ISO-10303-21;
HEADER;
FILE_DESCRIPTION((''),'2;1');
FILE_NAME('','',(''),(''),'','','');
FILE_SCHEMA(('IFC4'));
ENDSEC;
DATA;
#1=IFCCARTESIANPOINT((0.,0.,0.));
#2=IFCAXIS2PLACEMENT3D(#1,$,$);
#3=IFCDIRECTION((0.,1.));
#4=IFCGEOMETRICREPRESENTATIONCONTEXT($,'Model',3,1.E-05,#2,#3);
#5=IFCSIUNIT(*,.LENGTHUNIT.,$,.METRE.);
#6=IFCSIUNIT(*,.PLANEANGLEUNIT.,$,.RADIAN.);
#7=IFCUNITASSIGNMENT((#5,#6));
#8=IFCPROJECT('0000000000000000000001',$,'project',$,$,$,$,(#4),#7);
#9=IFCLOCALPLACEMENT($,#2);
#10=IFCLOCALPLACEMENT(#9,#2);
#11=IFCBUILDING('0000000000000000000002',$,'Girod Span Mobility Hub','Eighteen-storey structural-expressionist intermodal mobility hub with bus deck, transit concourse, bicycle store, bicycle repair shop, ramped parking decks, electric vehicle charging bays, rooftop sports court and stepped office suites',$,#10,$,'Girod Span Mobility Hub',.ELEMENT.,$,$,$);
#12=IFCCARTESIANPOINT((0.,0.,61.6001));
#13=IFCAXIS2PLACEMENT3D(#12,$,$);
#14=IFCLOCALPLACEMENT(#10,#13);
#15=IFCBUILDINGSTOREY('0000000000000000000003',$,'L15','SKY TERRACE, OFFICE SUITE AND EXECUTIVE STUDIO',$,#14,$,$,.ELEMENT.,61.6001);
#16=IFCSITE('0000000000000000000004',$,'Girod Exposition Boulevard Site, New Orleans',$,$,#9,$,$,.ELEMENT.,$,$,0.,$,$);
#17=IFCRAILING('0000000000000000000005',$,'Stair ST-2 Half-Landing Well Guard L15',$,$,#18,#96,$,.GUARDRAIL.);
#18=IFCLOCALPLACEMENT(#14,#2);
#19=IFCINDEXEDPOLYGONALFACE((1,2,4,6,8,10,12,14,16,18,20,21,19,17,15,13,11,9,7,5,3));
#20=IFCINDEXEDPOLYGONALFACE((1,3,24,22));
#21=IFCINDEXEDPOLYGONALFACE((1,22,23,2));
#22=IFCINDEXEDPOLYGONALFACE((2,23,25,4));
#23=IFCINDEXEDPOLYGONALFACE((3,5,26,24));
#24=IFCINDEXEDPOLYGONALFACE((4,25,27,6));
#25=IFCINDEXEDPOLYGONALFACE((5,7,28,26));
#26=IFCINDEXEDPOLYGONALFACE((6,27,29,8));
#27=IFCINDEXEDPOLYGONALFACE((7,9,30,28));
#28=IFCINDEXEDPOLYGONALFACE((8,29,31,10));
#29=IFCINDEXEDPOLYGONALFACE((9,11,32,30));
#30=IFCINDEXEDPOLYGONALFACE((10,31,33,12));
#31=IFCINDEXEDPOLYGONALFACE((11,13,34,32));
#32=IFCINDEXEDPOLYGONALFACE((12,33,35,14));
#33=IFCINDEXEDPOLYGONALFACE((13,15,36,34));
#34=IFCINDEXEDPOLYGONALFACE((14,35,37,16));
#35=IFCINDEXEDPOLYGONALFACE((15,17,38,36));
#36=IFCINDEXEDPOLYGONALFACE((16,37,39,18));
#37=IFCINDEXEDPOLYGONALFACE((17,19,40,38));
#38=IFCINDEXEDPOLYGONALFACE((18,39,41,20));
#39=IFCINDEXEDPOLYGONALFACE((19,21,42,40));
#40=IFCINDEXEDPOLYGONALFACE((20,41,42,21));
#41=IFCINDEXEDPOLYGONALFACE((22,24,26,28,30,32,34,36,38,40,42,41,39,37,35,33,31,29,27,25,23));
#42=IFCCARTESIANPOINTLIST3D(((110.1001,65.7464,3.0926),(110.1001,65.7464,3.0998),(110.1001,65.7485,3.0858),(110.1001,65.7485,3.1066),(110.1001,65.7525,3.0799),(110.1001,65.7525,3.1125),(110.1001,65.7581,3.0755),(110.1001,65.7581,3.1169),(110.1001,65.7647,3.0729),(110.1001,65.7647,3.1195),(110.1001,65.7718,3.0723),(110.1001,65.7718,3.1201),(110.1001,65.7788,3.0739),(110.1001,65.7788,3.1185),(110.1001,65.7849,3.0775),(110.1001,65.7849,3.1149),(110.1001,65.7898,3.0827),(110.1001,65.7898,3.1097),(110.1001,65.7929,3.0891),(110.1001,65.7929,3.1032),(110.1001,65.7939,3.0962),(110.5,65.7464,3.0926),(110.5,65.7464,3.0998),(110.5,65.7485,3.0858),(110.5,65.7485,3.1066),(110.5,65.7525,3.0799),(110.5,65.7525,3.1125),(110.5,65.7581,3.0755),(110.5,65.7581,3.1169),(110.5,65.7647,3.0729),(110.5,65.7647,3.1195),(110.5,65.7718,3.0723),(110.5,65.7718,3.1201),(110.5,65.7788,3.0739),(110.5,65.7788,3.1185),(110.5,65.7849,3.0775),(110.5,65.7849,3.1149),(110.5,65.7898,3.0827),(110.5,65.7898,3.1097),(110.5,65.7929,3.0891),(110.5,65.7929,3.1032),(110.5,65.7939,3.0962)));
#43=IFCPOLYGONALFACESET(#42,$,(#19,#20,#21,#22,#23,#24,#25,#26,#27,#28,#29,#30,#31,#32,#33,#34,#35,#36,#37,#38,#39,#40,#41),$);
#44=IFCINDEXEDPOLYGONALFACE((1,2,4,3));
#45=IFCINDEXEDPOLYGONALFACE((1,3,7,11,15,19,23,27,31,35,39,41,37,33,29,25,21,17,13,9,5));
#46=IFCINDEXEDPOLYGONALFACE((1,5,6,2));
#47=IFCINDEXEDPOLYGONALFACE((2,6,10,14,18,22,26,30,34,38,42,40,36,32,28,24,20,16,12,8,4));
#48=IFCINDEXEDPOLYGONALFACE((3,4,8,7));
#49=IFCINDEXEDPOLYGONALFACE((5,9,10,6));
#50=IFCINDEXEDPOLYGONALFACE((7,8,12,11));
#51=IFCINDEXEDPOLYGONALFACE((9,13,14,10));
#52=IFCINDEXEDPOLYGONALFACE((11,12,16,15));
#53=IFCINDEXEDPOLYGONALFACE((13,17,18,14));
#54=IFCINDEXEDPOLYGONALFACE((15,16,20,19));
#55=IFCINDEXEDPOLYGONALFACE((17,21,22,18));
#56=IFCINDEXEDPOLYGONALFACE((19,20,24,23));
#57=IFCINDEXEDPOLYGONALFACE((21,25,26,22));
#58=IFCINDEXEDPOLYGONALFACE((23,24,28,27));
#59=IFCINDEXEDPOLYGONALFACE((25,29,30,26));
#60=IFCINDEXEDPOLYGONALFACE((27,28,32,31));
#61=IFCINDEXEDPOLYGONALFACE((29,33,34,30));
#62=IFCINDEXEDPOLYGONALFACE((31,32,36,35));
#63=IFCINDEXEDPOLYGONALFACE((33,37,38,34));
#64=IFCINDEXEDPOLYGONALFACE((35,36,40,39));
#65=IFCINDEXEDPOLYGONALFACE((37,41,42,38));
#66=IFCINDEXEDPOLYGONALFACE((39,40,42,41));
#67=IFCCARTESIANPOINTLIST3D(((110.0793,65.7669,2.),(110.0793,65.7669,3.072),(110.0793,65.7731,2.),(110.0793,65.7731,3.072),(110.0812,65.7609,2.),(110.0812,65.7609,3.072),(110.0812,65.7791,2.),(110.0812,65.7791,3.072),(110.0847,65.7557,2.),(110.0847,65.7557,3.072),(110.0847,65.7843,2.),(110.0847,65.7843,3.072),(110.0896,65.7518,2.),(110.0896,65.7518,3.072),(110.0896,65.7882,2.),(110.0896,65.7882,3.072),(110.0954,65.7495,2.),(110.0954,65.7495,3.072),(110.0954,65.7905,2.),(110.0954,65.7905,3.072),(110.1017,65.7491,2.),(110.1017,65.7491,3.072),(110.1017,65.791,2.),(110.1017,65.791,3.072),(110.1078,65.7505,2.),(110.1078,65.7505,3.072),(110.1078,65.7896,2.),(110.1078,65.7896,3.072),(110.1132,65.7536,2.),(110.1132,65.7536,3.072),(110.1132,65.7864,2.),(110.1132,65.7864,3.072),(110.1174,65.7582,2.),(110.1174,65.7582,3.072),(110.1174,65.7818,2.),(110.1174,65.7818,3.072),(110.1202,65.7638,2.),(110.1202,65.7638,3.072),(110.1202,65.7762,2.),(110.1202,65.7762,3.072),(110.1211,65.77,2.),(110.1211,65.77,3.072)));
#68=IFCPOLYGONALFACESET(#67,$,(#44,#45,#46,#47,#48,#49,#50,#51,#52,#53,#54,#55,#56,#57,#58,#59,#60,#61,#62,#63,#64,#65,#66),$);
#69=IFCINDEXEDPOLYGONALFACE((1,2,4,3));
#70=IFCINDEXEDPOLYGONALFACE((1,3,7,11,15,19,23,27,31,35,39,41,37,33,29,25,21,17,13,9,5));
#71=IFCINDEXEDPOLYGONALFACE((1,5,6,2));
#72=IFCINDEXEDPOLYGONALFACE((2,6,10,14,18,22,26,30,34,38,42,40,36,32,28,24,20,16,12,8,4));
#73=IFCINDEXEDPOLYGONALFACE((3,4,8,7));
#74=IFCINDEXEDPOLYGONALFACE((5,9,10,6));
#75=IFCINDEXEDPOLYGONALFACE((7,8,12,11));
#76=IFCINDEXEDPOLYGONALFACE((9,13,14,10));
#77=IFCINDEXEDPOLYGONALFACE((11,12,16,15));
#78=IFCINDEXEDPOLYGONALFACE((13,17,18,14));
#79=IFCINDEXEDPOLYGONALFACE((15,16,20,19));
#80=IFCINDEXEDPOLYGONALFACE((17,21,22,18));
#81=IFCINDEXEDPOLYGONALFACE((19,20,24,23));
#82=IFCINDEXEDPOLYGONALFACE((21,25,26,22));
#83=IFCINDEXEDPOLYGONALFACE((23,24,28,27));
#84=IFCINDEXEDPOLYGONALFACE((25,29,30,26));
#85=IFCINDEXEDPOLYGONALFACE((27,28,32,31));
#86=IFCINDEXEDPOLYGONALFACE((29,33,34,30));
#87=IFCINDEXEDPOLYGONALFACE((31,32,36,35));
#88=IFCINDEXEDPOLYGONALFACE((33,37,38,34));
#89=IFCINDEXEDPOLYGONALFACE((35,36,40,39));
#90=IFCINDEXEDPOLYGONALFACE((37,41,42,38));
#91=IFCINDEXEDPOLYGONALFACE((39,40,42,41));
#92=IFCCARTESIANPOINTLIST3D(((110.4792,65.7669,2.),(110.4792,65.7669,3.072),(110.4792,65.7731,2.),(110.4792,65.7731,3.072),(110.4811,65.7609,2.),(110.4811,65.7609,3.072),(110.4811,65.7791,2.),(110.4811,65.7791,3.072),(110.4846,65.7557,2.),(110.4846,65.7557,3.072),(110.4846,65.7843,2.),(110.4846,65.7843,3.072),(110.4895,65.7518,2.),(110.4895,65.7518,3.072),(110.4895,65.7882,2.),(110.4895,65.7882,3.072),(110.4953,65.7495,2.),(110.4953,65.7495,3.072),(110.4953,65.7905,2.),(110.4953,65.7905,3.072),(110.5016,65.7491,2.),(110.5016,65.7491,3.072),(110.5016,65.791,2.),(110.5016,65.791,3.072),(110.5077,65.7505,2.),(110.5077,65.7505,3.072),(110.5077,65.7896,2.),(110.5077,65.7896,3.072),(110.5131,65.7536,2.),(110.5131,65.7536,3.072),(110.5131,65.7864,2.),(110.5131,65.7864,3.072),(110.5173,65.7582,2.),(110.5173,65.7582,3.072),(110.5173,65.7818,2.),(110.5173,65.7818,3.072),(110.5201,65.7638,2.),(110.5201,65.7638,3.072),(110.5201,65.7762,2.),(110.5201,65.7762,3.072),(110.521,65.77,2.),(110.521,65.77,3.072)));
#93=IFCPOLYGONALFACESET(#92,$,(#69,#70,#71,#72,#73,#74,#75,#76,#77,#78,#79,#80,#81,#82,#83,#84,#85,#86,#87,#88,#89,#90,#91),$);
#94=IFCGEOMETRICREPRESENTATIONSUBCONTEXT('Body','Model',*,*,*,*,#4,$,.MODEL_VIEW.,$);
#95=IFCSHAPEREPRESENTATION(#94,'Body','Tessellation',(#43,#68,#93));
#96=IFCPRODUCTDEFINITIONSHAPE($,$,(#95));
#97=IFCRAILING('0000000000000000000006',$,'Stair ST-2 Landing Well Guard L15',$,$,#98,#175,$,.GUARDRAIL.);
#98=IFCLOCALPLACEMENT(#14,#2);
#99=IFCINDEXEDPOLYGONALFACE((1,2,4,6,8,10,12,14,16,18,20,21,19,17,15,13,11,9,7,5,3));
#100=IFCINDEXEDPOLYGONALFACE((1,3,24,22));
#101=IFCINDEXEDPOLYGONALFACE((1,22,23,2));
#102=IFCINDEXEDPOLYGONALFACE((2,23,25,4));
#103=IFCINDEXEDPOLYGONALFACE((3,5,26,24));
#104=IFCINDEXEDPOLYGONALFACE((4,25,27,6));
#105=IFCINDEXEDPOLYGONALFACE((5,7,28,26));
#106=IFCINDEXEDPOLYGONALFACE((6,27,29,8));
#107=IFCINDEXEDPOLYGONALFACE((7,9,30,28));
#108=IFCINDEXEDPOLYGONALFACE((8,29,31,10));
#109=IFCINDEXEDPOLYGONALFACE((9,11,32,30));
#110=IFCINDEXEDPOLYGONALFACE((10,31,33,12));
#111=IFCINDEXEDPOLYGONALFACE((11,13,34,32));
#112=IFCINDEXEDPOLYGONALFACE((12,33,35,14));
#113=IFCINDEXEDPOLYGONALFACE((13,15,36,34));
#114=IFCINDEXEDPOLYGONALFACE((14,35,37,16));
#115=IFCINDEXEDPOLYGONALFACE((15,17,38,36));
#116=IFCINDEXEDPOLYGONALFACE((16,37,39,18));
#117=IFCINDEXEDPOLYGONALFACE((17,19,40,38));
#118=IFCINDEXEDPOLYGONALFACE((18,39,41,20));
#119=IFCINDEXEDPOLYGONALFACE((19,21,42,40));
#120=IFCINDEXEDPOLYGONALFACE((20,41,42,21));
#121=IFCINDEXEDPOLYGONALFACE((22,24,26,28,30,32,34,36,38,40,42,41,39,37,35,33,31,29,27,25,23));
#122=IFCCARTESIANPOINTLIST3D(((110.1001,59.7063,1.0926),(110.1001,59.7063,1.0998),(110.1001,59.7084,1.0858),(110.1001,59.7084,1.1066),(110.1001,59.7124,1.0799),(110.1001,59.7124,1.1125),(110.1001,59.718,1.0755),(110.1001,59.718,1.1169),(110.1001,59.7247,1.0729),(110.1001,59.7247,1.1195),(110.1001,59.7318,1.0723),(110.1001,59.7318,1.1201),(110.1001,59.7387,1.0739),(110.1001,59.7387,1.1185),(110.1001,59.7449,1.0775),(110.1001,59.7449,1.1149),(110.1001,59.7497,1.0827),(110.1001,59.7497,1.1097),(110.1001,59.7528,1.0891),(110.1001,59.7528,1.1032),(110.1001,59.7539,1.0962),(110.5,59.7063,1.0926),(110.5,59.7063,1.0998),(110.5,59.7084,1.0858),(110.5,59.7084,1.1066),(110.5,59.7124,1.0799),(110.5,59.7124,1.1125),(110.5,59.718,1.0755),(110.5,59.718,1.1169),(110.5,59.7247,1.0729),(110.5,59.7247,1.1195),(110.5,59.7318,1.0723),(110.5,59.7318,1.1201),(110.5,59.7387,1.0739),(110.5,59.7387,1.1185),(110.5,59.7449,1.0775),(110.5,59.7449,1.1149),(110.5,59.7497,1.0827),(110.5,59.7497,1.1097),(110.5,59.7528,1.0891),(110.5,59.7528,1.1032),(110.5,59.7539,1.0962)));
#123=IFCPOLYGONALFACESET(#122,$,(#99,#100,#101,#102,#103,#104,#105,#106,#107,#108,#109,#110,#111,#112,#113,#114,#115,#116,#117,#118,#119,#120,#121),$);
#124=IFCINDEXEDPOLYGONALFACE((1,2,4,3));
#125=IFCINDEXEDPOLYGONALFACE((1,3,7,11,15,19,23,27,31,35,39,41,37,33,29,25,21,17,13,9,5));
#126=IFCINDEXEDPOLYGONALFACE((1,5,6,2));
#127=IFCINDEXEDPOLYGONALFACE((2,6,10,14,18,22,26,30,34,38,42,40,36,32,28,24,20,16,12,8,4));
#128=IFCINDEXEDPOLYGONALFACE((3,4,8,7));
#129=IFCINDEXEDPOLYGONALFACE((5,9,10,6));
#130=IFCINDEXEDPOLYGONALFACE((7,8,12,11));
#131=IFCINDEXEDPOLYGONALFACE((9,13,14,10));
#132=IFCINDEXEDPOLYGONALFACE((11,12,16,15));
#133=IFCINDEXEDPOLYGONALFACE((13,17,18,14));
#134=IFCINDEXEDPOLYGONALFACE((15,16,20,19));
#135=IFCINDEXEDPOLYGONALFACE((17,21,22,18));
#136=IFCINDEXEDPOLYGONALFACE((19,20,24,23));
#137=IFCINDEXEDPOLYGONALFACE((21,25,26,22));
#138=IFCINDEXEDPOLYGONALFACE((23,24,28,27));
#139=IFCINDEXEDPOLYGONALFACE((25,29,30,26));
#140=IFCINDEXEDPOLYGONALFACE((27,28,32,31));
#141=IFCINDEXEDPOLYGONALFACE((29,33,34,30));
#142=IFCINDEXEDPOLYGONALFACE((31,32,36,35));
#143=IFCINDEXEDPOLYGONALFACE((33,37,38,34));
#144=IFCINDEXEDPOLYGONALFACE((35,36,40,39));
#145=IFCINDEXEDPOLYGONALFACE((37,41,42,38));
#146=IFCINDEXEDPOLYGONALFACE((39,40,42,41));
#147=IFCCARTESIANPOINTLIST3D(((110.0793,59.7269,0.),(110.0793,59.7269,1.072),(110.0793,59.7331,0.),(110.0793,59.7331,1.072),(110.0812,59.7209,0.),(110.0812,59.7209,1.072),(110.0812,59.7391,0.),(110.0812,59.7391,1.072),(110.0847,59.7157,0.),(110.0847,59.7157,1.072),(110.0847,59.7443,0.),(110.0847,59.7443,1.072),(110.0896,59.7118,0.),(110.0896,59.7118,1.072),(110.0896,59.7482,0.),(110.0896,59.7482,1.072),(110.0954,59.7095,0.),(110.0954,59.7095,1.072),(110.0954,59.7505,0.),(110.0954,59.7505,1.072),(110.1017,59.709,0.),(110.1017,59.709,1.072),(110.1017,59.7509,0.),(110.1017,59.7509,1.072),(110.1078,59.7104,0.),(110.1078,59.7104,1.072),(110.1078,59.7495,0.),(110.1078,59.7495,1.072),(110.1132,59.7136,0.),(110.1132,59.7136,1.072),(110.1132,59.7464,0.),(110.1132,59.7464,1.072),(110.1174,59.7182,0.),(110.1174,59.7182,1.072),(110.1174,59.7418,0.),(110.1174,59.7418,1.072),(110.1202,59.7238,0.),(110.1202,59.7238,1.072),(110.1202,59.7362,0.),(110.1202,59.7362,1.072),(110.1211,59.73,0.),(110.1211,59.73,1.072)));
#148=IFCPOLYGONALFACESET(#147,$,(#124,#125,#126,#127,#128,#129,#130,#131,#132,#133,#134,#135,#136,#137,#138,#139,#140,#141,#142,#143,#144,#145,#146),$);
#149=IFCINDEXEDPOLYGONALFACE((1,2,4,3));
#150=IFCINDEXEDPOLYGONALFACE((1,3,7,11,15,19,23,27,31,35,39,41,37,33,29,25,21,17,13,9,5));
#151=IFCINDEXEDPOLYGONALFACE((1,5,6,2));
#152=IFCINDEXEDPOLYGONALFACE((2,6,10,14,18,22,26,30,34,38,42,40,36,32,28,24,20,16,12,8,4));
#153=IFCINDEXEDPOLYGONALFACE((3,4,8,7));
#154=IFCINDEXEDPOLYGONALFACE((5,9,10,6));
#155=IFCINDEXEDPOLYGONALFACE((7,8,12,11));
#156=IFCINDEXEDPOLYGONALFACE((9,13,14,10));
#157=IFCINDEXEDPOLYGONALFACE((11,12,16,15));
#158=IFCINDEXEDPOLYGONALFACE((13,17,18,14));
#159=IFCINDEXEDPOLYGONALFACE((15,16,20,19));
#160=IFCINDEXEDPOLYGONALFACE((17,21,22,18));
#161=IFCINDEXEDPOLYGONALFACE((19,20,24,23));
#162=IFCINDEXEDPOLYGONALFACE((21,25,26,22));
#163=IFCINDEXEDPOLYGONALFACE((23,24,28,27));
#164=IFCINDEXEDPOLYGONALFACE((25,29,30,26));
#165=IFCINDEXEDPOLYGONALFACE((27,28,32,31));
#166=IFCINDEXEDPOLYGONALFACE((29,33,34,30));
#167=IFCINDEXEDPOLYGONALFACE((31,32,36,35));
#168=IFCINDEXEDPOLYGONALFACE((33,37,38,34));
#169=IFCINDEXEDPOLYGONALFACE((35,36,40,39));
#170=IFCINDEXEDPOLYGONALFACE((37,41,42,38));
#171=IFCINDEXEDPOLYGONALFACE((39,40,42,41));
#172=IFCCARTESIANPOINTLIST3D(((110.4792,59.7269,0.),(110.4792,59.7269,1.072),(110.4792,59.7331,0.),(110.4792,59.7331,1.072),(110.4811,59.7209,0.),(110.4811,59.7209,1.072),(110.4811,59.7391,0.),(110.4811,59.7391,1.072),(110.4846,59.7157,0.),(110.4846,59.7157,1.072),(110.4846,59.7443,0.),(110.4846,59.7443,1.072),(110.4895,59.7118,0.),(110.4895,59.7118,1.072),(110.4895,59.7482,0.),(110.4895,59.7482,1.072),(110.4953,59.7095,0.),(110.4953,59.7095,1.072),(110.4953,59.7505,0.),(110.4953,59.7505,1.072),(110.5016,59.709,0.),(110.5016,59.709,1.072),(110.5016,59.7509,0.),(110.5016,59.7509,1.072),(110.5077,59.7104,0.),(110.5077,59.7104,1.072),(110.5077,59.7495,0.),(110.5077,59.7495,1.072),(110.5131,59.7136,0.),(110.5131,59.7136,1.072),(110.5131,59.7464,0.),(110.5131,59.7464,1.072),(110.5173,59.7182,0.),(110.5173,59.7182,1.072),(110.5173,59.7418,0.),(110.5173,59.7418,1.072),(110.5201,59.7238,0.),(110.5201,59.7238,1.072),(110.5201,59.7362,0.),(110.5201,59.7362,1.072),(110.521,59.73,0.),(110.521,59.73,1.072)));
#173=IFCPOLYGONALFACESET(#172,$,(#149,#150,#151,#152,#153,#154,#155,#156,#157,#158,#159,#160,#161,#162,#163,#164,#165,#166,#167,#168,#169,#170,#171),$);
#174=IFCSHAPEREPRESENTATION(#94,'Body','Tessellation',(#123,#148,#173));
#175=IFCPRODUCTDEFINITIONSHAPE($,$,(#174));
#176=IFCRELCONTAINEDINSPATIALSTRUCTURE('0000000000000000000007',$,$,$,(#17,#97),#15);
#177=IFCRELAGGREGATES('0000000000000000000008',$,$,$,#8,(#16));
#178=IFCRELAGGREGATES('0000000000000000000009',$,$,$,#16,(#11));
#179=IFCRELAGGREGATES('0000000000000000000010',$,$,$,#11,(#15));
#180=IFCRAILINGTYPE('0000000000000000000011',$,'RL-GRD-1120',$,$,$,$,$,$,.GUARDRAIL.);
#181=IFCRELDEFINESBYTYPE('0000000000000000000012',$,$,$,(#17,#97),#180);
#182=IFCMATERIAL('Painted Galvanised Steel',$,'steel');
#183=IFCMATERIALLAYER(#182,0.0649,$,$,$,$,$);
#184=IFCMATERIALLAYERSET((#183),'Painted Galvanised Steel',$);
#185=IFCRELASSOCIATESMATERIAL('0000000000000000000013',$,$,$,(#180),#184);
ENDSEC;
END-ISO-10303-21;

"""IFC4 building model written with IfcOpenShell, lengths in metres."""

from ifc_helpers import new_model, si_unit, direction, frame, origin, origin_2d, place, context, subcontext, project, spatial, circle, extrude, material, layer, layer_set, type_object, element, save


model = new_model("IFC4")

# Units and contexts
model_context = context("Model", 3, precision=1e-05, world=origin(), true_north=direction((0.0, 1.0)))
body_context = subcontext(model_context, "Body", "Model", "MODEL_VIEW")
ifc_project = project(units=[si_unit("LENGTHUNIT", "METRE"), si_unit("PLANEANGLEUNIT", "RADIAN")], contexts=[model_context])

# Site, building, storey
site_placement = place(None, origin())
site = spatial("IfcSite", under=ifc_project, at=site_placement, Name="Girod Exposition Boulevard Site, New Orleans", CompositionType="ELEMENT", RefElevation=0.0)
building_placement = place(site_placement, origin())
building = spatial("IfcBuilding", under=site, at=building_placement, Name="Girod Span Mobility Hub", Description="Eighteen-storey structural-expressionist intermodal mobility hub with bus deck, transit concourse, bicycle store, bicycle repair shop, ramped parking decks, electric vehicle charging bays, rooftop sports court and stepped office suites", LongName="Girod Span Mobility Hub", CompositionType="ELEMENT")
storey_placement = place(building_placement, frame((0.0, 0.0, 61.6001)))
storey = spatial("IfcBuildingStorey", under=building, at=storey_placement, Name="L15", Description="SKY TERRACE, OFFICE SUITE AND EXECUTIVE STUDIO", CompositionType="ELEMENT", Elevation=61.6001)

# Railings
ifc_material_1 = material(Name="Painted Galvanised Steel", Category="steel")
ifc_layer_1 = layer(ifc_material_1, 0.0649)
ifc_layer_set_1 = layer_set([ifc_layer_1], Name="Painted Galvanised Steel")
railing_type_1 = type_object("IfcRailingType", Name="RL-GRD-1120", PredefinedType="GUARDRAIL", material=ifc_layer_set_1)
for number, where, name in (
    (1, (110.1001, 65.77, 2.0), "Stair ST-2 Half-Landing Well Guard L15"),
    (2, (110.1001, 59.73, 0.0), "Stair ST-2 Landing Well Guard L15"),
):
    element("IfcRailing", number, at=place(storey_placement, frame(where)), inside=storey, type_object=railing_type_1, Name=name, PredefinedType="GUARDRAIL", context=body_context, shape_type="SweptSolid", body=[
        extrude(circle(Radius=0.0239, at=origin_2d()), frame((0.0, 0.0, 1.0962), z_axis=(1.0, 0.0, 0.0), x_axis=(0.0, 1.0, 0.0)), (0.0, 0.0, 1.0), 0.3999),
        extrude(circle(Radius=0.021, at=origin_2d()), origin(), (0.0, 0.0, 1.0), 1.072),
        extrude(circle(Radius=0.021, at=origin_2d()), frame((0.3999, 0.0, 0.0)), (0.0, 0.0, 1.0), 1.072),
    ])

save(model, "model.ifc")
